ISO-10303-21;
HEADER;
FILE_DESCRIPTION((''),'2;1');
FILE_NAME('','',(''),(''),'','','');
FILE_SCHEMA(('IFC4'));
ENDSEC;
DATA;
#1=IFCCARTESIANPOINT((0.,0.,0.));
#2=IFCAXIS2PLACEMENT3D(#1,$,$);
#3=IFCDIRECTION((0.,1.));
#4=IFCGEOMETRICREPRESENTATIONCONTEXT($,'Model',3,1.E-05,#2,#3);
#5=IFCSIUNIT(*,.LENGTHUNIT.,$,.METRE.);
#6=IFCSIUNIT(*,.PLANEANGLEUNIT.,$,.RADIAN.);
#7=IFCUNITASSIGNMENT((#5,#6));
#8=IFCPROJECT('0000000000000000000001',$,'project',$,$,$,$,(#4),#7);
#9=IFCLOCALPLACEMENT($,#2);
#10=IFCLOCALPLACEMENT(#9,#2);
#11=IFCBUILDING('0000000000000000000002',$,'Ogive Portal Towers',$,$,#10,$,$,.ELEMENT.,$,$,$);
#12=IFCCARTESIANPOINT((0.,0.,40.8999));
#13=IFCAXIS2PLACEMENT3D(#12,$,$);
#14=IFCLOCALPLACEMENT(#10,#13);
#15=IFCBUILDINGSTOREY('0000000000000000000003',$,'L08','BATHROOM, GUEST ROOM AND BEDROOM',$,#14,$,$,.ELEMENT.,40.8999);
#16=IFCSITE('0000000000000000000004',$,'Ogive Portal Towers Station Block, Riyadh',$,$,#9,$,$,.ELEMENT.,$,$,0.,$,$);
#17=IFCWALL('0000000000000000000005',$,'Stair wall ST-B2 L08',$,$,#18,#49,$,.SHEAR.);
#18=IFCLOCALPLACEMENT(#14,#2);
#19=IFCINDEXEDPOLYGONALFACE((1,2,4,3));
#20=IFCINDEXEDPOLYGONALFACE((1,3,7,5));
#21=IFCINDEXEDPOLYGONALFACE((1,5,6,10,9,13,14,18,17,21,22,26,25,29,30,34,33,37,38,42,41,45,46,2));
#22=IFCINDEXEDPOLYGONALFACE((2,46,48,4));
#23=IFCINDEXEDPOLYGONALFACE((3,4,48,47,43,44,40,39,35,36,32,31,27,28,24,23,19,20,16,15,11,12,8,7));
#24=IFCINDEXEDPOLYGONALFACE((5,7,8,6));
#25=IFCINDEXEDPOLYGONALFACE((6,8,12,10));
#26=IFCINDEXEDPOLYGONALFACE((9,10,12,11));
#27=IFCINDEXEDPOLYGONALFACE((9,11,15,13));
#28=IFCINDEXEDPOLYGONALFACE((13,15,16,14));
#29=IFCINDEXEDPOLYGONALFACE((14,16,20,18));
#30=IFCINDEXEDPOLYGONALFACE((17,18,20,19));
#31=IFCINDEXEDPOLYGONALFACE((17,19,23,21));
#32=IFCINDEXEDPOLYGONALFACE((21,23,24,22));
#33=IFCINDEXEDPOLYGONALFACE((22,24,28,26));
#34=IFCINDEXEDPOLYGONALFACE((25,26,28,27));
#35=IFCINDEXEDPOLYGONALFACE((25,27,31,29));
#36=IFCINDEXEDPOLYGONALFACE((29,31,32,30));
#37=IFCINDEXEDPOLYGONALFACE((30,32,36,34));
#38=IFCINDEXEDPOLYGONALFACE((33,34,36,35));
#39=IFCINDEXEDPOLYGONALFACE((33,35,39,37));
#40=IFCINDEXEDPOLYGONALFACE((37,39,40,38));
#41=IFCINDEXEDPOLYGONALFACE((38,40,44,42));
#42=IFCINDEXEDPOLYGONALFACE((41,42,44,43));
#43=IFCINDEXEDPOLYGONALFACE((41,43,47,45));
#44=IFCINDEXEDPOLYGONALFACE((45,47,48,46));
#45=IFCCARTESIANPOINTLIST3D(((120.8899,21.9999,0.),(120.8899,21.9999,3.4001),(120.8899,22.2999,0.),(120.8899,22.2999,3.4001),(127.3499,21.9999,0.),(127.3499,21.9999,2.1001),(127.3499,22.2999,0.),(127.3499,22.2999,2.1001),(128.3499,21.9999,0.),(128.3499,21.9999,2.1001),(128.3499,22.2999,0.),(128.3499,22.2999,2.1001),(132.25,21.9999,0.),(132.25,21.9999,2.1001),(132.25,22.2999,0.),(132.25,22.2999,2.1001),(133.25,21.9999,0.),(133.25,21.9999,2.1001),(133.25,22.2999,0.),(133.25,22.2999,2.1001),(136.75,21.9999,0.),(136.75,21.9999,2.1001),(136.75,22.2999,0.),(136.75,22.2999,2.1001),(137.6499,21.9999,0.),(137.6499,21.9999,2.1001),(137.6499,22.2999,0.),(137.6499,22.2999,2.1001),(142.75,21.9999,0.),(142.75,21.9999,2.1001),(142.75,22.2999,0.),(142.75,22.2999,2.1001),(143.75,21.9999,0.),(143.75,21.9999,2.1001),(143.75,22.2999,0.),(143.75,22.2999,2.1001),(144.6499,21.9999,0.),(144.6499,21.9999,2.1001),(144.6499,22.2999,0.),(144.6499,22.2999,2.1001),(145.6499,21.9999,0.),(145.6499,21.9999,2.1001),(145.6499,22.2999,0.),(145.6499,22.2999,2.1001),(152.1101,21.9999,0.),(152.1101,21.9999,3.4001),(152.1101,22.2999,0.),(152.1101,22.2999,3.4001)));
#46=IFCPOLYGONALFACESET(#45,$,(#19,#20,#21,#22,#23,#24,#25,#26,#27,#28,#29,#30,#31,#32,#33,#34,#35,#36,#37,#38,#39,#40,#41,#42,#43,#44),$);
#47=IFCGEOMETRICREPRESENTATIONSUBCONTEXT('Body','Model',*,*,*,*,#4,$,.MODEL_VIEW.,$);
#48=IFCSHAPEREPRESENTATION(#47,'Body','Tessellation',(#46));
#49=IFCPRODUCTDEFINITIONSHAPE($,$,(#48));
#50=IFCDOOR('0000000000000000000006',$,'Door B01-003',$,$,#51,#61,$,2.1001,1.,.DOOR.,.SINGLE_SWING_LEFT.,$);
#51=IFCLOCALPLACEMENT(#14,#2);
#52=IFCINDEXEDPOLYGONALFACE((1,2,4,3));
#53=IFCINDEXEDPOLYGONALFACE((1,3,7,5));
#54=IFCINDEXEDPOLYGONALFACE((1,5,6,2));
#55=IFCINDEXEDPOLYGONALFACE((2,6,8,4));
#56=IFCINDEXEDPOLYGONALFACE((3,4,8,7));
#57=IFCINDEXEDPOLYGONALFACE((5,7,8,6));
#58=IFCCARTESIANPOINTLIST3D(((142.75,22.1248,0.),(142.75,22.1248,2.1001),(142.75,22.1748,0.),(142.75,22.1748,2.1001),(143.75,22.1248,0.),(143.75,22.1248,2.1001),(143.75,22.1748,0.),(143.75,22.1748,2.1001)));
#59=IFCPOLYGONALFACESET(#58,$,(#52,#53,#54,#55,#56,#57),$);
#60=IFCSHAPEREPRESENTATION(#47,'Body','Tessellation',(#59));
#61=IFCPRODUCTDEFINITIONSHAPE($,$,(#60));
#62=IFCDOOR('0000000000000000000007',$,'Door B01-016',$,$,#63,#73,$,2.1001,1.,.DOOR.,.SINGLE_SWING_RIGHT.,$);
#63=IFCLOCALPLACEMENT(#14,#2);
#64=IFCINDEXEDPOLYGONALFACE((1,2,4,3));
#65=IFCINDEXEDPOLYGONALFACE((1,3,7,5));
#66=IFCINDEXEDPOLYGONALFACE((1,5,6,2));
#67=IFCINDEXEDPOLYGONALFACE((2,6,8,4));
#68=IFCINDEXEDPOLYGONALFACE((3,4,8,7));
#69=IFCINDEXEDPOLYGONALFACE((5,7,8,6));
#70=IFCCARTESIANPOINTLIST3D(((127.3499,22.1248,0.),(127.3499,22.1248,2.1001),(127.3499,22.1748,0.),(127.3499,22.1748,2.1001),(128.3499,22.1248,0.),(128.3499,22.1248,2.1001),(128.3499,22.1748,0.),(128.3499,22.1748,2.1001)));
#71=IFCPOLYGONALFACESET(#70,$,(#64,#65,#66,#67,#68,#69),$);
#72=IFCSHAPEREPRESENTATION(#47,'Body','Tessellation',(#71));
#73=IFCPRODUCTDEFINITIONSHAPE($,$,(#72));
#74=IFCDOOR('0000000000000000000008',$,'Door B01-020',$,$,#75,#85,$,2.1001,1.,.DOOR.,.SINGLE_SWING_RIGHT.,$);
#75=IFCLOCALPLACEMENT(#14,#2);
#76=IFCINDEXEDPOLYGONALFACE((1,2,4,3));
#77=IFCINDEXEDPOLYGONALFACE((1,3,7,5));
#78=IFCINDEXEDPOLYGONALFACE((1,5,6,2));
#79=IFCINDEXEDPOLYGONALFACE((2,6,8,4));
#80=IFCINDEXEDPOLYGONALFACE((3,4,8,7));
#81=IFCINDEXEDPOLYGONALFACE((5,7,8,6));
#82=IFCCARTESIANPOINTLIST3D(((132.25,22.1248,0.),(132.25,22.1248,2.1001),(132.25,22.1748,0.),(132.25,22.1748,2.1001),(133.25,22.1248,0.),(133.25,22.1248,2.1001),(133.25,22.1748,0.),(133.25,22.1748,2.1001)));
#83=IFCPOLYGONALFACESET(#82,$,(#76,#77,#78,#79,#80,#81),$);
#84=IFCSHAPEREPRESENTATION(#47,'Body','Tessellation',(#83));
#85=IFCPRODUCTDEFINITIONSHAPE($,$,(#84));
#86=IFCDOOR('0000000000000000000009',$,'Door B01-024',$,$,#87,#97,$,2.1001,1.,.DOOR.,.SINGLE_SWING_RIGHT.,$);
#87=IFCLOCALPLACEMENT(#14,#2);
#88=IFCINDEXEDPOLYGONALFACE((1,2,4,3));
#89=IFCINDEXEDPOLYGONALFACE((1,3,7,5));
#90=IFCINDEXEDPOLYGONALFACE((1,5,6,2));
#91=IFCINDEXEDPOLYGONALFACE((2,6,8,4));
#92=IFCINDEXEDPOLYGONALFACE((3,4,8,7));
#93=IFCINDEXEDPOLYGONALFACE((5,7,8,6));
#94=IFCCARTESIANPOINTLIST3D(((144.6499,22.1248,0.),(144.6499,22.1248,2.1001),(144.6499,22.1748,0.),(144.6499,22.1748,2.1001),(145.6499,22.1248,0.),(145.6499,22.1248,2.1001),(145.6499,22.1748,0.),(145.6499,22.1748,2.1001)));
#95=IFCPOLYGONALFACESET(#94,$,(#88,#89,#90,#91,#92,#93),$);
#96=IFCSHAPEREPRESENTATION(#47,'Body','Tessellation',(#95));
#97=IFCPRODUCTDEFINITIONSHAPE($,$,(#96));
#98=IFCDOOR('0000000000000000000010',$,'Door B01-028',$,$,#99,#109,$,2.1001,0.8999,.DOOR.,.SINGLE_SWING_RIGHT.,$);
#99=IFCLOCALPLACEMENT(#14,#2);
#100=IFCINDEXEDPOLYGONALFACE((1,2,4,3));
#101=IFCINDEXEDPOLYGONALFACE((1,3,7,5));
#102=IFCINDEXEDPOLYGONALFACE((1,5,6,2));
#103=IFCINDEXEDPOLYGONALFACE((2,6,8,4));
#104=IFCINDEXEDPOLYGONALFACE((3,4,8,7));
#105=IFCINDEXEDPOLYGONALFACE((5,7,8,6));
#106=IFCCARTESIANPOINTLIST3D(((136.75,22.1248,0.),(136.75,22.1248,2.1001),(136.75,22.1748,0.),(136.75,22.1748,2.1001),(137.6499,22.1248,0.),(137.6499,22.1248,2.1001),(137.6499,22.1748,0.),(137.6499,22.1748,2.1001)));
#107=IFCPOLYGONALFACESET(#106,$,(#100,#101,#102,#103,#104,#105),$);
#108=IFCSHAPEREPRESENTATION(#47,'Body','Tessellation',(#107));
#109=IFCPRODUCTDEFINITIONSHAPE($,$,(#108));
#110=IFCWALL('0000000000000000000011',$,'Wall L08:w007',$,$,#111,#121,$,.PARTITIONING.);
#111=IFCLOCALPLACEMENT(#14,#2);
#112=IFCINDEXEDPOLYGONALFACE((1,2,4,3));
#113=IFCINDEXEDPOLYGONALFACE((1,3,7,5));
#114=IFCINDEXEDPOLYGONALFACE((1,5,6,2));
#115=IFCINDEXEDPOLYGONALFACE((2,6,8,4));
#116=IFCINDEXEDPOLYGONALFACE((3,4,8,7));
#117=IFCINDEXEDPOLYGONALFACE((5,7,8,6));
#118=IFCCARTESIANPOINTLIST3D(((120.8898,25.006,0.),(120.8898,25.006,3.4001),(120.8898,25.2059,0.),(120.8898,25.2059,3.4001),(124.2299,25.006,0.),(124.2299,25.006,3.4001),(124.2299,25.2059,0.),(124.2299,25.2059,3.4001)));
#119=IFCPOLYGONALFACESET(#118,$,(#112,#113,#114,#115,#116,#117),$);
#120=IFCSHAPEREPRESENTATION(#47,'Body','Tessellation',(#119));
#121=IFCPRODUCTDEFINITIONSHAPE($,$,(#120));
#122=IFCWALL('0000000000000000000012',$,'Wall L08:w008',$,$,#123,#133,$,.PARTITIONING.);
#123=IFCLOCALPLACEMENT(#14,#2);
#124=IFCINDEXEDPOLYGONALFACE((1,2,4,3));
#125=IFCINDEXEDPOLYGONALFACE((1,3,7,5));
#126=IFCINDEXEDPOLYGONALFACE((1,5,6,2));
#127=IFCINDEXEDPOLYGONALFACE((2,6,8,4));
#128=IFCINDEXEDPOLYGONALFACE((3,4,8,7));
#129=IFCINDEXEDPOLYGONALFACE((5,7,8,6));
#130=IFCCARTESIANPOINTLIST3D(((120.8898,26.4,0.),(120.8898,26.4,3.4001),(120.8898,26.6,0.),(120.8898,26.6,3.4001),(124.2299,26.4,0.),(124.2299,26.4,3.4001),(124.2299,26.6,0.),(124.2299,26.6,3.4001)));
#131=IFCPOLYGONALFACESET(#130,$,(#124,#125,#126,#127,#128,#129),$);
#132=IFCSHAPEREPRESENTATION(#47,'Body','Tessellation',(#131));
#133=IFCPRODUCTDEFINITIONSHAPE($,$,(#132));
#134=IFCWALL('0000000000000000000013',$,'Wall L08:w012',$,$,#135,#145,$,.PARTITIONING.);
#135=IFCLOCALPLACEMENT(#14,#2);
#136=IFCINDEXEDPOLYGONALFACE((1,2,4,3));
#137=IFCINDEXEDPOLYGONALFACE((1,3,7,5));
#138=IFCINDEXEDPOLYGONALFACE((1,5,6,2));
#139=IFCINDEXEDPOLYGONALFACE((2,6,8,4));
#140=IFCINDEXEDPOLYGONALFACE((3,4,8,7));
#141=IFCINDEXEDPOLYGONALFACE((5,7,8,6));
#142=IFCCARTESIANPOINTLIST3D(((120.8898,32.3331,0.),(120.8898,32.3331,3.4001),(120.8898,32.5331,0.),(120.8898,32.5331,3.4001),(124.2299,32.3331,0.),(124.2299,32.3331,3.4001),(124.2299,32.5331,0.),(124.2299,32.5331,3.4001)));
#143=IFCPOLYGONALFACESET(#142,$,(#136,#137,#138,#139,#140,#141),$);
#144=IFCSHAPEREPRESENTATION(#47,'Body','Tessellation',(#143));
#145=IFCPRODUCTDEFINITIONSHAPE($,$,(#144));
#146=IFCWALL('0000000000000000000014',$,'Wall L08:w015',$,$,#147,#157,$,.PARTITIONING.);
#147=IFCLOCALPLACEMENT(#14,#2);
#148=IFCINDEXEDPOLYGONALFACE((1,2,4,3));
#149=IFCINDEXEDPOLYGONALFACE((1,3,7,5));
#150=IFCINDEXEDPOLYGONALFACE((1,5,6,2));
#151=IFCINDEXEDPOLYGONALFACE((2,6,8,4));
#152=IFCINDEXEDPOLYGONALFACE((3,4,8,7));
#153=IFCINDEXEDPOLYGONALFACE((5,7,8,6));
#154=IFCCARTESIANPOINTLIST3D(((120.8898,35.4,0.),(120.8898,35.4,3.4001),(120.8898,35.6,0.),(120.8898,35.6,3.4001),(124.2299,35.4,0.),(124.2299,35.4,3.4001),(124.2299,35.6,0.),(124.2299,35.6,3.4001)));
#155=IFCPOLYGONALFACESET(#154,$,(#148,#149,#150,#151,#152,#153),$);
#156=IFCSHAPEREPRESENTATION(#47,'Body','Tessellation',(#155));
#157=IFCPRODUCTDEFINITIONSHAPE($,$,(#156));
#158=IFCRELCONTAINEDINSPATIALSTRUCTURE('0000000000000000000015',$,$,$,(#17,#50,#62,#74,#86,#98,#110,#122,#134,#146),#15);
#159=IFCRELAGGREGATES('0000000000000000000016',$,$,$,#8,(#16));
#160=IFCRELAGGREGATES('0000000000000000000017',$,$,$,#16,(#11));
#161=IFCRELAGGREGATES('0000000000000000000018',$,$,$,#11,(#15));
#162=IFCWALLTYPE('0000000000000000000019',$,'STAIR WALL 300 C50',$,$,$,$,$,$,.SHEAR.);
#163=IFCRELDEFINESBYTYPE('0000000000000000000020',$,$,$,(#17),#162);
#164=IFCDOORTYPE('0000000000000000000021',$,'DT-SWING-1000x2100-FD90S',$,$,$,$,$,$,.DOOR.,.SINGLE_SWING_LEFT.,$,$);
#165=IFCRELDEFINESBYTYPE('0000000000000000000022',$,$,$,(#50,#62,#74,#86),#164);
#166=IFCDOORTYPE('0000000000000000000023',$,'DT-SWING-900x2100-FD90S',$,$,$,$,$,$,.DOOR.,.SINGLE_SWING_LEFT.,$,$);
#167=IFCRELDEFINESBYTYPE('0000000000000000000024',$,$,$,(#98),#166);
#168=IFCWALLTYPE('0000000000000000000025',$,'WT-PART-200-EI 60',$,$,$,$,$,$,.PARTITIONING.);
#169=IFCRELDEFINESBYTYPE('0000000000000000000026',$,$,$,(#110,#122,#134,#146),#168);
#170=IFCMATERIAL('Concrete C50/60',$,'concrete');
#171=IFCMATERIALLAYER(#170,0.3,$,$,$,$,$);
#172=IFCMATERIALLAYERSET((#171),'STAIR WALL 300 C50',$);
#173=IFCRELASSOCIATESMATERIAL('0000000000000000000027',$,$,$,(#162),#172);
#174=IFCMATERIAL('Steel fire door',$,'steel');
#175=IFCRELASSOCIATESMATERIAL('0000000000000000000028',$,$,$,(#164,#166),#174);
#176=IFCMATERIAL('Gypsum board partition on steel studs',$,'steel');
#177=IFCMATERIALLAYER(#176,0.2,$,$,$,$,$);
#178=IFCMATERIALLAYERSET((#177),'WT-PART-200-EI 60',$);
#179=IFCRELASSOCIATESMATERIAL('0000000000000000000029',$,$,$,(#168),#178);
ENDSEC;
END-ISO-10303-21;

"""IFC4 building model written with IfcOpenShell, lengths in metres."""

from ifc_helpers import new_model, si_unit, direction, frame, frame_2d, origin, place, context, subcontext, project, spatial, rectangle, extrude, material, layer, layer_set, type_object, element, fill, save


model = new_model("IFC4")

# Units and contexts
model_context = context("Model", 3, precision=1e-05, world=origin(), true_north=direction((0.0, 1.0)))
body_context = subcontext(model_context, "Body", "Model", "MODEL_VIEW")
ifc_project = project(units=[si_unit("LENGTHUNIT", "METRE"), si_unit("PLANEANGLEUNIT", "RADIAN")], contexts=[model_context])

# Site, building, storey
site_placement = place(None, origin())
site = spatial("IfcSite", under=ifc_project, at=site_placement, Name="Ogive Portal Towers Station Block, Riyadh", CompositionType="ELEMENT", RefElevation=0.0)
building_placement = place(site_placement, origin())
building = spatial("IfcBuilding", under=site, at=building_placement, Name="Ogive Portal Towers", CompositionType="ELEMENT")
storey_placement = place(building_placement, frame((0.0, 0.0, 40.8999)))
storey = spatial("IfcBuildingStorey", under=building, at=storey_placement, Name="L08", Description="BATHROOM, GUEST ROOM AND BEDROOM", CompositionType="ELEMENT", Elevation=40.8999)

# Wall, openings, doors
ifc_material_1 = material(Name="Concrete C50/60", Category="concrete")
ifc_layer_1 = layer(ifc_material_1, 0.3)
ifc_layer_set_1 = layer_set([ifc_layer_1], Name="STAIR WALL 300 C50")
wall_type_1 = type_object("IfcWallType", Name="STAIR WALL 300 C50", PredefinedType="SHEAR", material=ifc_layer_set_1)
wall_1_placement = place(storey_placement, frame((120.8899, 22.1499, 0.0), z_axis=(0.0, 0.0, 1.0), x_axis=(1.0, 0.0, 0.0)))
wall_1 = element("IfcWall", 1, at=wall_1_placement, inside=storey, type_object=wall_type_1, Name="Stair wall ST-B2 L08", PredefinedType="SHEAR", context=body_context, shape_type="SweptSolid", body=[
    extrude(rectangle(XDim=31.2202, YDim=0.3, at=frame_2d((15.6101, 0.0))), origin(), (0.0, 0.0, 1.0), 3.4001),
])
opening_1_placement = place(wall_1_placement, frame((21.8601, 0.0, 0.0)))
opening_1 = element("IfcOpeningElement", 2, at=opening_1_placement, cuts=wall_1, PredefinedType="OPENING", context=body_context, shape_type="SweptSolid", body=[
    extrude(rectangle(XDim=1.0, YDim=2.1001, at=frame_2d((0.5, 1.05))), frame((0.0, 0.1602, 0.0), z_axis=(0.0, -1.0, 0.0), x_axis=(1.0, 0.0, 0.0)), (0.0, 0.0, 1.0), 0.3201),
])
opening_2_placement = place(wall_1_placement, frame((6.46, 0.0, 0.0)))
opening_2 = element("IfcOpeningElement", 3, at=opening_2_placement, cuts=wall_1, PredefinedType="OPENING", context=body_context, shape_type="SweptSolid", body=[
    extrude(rectangle(XDim=1.0, YDim=2.1001, at=frame_2d((0.5, 1.05))), frame((0.0, 0.1602, 0.0), z_axis=(0.0, -1.0, 0.0), x_axis=(1.0, 0.0, 0.0)), (0.0, 0.0, 1.0), 0.3201),
])
opening_3_placement = place(wall_1_placement, frame((11.3601, 0.0, 0.0)))
opening_3 = element("IfcOpeningElement", 4, at=opening_3_placement, cuts=wall_1, PredefinedType="OPENING", context=body_context, shape_type="SweptSolid", body=[
    extrude(rectangle(XDim=1.0, YDim=2.1001, at=frame_2d((0.5, 1.05))), frame((0.0, 0.1602, 0.0), z_axis=(0.0, -1.0, 0.0), x_axis=(1.0, 0.0, 0.0)), (0.0, 0.0, 1.0), 0.3201),
])
opening_4_placement = place(wall_1_placement, frame((23.76, 0.0, 0.0)))
opening_4 = element("IfcOpeningElement", 5, at=opening_4_placement, cuts=wall_1, PredefinedType="OPENING", context=body_context, shape_type="SweptSolid", body=[
    extrude(rectangle(XDim=1.0, YDim=2.1001, at=frame_2d((0.5, 1.05))), frame((0.0, 0.1602, 0.0), z_axis=(0.0, -1.0, 0.0), x_axis=(1.0, 0.0, 0.0)), (0.0, 0.0, 1.0), 0.3201),
])
opening_5_placement = place(wall_1_placement, frame((15.8601, 0.0, 0.0)))
opening_5 = element("IfcOpeningElement", 6, at=opening_5_placement, cuts=wall_1, PredefinedType="OPENING", context=body_context, shape_type="SweptSolid", body=[
    extrude(rectangle(XDim=0.8999, YDim=2.1001, at=frame_2d((0.45, 1.05))), frame((0.0, 0.1602, 0.0), z_axis=(0.0, -1.0, 0.0), x_axis=(1.0, 0.0, 0.0)), (0.0, 0.0, 1.0), 0.3201),
])
ifc_material_2 = material(Name="Steel fire door", Category="steel")
door_type_1 = type_object("IfcDoorType", Name="DT-SWING-1000x2100-FD90S", OperationType="SINGLE_SWING_LEFT", PredefinedType="DOOR", material=ifc_material_2)
door_1_placement = place(opening_1_placement, origin())
door_1 = element("IfcDoor", 7, at=door_1_placement, inside=storey, type_object=door_type_1, Name="Door B01-003", OperationType="SINGLE_SWING_LEFT", OverallHeight=2.1001, OverallWidth=1.0, PredefinedType="DOOR", context=body_context, shape_type="SweptSolid", body=[
    extrude(rectangle(XDim=1.0, YDim=2.1001, at=frame_2d((0.5, 1.05))), frame((0.0, 0.0249, 0.0), z_axis=(0.0, -1.0, 0.0), x_axis=(1.0, 0.0, 0.0)), (0.0, 0.0, 1.0), 0.05),
])
fill(opening_1, door_1)
door_2_placement = place(opening_2_placement, origin())
door_2 = element("IfcDoor", 8, at=door_2_placement, inside=storey, type_object=door_type_1, Name="Door B01-016", OperationType="SINGLE_SWING_RIGHT", OverallHeight=2.1001, OverallWidth=1.0, PredefinedType="DOOR", context=body_context, shape_type="SweptSolid", body=[
    extrude(rectangle(XDim=1.0, YDim=2.1001, at=frame_2d((0.5, 1.05))), frame((0.0, 0.0249, 0.0), z_axis=(0.0, -1.0, 0.0), x_axis=(1.0, 0.0, 0.0)), (0.0, 0.0, 1.0), 0.05),
])
fill(opening_2, door_2)
door_3_placement = place(opening_3_placement, origin())
door_3 = element("IfcDoor", 9, at=door_3_placement, inside=storey, type_object=door_type_1, Name="Door B01-020", OperationType="SINGLE_SWING_RIGHT", OverallHeight=2.1001, OverallWidth=1.0, PredefinedType="DOOR", context=body_context, shape_type="SweptSolid", body=[
    extrude(rectangle(XDim=1.0, YDim=2.1001, at=frame_2d((0.5, 1.05))), frame((0.0, 0.0249, 0.0), z_axis=(0.0, -1.0, 0.0), x_axis=(1.0, 0.0, 0.0)), (0.0, 0.0, 1.0), 0.05),
])
fill(opening_3, door_3)
door_4_placement = place(opening_4_placement, origin())
door_4 = element("IfcDoor", 10, at=door_4_placement, inside=storey, type_object=door_type_1, Name="Door B01-024", OperationType="SINGLE_SWING_RIGHT", OverallHeight=2.1001, OverallWidth=1.0, PredefinedType="DOOR", context=body_context, shape_type="SweptSolid", body=[
    extrude(rectangle(XDim=1.0, YDim=2.1001, at=frame_2d((0.5, 1.05))), frame((0.0, 0.0249, 0.0), z_axis=(0.0, -1.0, 0.0), x_axis=(1.0, 0.0, 0.0)), (0.0, 0.0, 1.0), 0.05),
])
fill(opening_4, door_4)
door_type_2 = type_object("IfcDoorType", Name="DT-SWING-900x2100-FD90S", OperationType="SINGLE_SWING_LEFT", PredefinedType="DOOR", material=ifc_material_2)
door_5_placement = place(opening_5_placement, origin())
door_5 = element("IfcDoor", 11, at=door_5_placement, inside=storey, type_object=door_type_2, Name="Door B01-028", OperationType="SINGLE_SWING_RIGHT", OverallHeight=2.1001, OverallWidth=0.8999, PredefinedType="DOOR", context=body_context, shape_type="SweptSolid", body=[
    extrude(rectangle(XDim=0.8999, YDim=2.1001, at=frame_2d((0.45, 1.05))), frame((0.0, 0.0249, 0.0), z_axis=(0.0, -1.0, 0.0), x_axis=(1.0, 0.0, 0.0)), (0.0, 0.0, 1.0), 0.05),
])
fill(opening_5, door_5)

# Walls
ifc_material_3 = material(Name="Gypsum board partition on steel studs", Category="steel")
ifc_layer_2 = layer(ifc_material_3, 0.2)
ifc_layer_set_2 = layer_set([ifc_layer_2], Name="WT-PART-200-EI 60")
wall_type_2 = type_object("IfcWallType", Name="WT-PART-200-EI 60", PredefinedType="PARTITIONING", material=ifc_layer_set_2)
for number, where, z_axis, x_axis, name in (
    (12, (120.8899, 25.106, 0.0), (0.0, 0.0, 1.0), (1.0, 0.0, 0.0), "Wall L08:w007"),
    (13, (120.8899, 26.5, 0.0), (0.0, 0.0, 1.0), (1.0, 0.0, 0.0), "Wall L08:w008"),
    (14, (120.8899, 32.4331, 0.0), (0.0, 0.0, 1.0), (1.0, 0.0, 0.0), "Wall L08:w012"),
    (15, (120.8899, 35.5, 0.0), (0.0, 0.0, 1.0), (1.0, 0.0, 0.0), "Wall L08:w015"),
):
    element("IfcWall", number, at=place(storey_placement, frame(where, z_axis=z_axis, x_axis=x_axis)), inside=storey, type_object=wall_type_2, Name=name, PredefinedType="PARTITIONING", context=body_context, shape_type="SweptSolid", body=[
        extrude(rectangle(XDim=3.3401, YDim=0.2, at=frame_2d((1.6699, 0.0))), origin(), (0.0, 0.0, 1.0), 3.4001),
    ])

save(model, "model.ifc")
